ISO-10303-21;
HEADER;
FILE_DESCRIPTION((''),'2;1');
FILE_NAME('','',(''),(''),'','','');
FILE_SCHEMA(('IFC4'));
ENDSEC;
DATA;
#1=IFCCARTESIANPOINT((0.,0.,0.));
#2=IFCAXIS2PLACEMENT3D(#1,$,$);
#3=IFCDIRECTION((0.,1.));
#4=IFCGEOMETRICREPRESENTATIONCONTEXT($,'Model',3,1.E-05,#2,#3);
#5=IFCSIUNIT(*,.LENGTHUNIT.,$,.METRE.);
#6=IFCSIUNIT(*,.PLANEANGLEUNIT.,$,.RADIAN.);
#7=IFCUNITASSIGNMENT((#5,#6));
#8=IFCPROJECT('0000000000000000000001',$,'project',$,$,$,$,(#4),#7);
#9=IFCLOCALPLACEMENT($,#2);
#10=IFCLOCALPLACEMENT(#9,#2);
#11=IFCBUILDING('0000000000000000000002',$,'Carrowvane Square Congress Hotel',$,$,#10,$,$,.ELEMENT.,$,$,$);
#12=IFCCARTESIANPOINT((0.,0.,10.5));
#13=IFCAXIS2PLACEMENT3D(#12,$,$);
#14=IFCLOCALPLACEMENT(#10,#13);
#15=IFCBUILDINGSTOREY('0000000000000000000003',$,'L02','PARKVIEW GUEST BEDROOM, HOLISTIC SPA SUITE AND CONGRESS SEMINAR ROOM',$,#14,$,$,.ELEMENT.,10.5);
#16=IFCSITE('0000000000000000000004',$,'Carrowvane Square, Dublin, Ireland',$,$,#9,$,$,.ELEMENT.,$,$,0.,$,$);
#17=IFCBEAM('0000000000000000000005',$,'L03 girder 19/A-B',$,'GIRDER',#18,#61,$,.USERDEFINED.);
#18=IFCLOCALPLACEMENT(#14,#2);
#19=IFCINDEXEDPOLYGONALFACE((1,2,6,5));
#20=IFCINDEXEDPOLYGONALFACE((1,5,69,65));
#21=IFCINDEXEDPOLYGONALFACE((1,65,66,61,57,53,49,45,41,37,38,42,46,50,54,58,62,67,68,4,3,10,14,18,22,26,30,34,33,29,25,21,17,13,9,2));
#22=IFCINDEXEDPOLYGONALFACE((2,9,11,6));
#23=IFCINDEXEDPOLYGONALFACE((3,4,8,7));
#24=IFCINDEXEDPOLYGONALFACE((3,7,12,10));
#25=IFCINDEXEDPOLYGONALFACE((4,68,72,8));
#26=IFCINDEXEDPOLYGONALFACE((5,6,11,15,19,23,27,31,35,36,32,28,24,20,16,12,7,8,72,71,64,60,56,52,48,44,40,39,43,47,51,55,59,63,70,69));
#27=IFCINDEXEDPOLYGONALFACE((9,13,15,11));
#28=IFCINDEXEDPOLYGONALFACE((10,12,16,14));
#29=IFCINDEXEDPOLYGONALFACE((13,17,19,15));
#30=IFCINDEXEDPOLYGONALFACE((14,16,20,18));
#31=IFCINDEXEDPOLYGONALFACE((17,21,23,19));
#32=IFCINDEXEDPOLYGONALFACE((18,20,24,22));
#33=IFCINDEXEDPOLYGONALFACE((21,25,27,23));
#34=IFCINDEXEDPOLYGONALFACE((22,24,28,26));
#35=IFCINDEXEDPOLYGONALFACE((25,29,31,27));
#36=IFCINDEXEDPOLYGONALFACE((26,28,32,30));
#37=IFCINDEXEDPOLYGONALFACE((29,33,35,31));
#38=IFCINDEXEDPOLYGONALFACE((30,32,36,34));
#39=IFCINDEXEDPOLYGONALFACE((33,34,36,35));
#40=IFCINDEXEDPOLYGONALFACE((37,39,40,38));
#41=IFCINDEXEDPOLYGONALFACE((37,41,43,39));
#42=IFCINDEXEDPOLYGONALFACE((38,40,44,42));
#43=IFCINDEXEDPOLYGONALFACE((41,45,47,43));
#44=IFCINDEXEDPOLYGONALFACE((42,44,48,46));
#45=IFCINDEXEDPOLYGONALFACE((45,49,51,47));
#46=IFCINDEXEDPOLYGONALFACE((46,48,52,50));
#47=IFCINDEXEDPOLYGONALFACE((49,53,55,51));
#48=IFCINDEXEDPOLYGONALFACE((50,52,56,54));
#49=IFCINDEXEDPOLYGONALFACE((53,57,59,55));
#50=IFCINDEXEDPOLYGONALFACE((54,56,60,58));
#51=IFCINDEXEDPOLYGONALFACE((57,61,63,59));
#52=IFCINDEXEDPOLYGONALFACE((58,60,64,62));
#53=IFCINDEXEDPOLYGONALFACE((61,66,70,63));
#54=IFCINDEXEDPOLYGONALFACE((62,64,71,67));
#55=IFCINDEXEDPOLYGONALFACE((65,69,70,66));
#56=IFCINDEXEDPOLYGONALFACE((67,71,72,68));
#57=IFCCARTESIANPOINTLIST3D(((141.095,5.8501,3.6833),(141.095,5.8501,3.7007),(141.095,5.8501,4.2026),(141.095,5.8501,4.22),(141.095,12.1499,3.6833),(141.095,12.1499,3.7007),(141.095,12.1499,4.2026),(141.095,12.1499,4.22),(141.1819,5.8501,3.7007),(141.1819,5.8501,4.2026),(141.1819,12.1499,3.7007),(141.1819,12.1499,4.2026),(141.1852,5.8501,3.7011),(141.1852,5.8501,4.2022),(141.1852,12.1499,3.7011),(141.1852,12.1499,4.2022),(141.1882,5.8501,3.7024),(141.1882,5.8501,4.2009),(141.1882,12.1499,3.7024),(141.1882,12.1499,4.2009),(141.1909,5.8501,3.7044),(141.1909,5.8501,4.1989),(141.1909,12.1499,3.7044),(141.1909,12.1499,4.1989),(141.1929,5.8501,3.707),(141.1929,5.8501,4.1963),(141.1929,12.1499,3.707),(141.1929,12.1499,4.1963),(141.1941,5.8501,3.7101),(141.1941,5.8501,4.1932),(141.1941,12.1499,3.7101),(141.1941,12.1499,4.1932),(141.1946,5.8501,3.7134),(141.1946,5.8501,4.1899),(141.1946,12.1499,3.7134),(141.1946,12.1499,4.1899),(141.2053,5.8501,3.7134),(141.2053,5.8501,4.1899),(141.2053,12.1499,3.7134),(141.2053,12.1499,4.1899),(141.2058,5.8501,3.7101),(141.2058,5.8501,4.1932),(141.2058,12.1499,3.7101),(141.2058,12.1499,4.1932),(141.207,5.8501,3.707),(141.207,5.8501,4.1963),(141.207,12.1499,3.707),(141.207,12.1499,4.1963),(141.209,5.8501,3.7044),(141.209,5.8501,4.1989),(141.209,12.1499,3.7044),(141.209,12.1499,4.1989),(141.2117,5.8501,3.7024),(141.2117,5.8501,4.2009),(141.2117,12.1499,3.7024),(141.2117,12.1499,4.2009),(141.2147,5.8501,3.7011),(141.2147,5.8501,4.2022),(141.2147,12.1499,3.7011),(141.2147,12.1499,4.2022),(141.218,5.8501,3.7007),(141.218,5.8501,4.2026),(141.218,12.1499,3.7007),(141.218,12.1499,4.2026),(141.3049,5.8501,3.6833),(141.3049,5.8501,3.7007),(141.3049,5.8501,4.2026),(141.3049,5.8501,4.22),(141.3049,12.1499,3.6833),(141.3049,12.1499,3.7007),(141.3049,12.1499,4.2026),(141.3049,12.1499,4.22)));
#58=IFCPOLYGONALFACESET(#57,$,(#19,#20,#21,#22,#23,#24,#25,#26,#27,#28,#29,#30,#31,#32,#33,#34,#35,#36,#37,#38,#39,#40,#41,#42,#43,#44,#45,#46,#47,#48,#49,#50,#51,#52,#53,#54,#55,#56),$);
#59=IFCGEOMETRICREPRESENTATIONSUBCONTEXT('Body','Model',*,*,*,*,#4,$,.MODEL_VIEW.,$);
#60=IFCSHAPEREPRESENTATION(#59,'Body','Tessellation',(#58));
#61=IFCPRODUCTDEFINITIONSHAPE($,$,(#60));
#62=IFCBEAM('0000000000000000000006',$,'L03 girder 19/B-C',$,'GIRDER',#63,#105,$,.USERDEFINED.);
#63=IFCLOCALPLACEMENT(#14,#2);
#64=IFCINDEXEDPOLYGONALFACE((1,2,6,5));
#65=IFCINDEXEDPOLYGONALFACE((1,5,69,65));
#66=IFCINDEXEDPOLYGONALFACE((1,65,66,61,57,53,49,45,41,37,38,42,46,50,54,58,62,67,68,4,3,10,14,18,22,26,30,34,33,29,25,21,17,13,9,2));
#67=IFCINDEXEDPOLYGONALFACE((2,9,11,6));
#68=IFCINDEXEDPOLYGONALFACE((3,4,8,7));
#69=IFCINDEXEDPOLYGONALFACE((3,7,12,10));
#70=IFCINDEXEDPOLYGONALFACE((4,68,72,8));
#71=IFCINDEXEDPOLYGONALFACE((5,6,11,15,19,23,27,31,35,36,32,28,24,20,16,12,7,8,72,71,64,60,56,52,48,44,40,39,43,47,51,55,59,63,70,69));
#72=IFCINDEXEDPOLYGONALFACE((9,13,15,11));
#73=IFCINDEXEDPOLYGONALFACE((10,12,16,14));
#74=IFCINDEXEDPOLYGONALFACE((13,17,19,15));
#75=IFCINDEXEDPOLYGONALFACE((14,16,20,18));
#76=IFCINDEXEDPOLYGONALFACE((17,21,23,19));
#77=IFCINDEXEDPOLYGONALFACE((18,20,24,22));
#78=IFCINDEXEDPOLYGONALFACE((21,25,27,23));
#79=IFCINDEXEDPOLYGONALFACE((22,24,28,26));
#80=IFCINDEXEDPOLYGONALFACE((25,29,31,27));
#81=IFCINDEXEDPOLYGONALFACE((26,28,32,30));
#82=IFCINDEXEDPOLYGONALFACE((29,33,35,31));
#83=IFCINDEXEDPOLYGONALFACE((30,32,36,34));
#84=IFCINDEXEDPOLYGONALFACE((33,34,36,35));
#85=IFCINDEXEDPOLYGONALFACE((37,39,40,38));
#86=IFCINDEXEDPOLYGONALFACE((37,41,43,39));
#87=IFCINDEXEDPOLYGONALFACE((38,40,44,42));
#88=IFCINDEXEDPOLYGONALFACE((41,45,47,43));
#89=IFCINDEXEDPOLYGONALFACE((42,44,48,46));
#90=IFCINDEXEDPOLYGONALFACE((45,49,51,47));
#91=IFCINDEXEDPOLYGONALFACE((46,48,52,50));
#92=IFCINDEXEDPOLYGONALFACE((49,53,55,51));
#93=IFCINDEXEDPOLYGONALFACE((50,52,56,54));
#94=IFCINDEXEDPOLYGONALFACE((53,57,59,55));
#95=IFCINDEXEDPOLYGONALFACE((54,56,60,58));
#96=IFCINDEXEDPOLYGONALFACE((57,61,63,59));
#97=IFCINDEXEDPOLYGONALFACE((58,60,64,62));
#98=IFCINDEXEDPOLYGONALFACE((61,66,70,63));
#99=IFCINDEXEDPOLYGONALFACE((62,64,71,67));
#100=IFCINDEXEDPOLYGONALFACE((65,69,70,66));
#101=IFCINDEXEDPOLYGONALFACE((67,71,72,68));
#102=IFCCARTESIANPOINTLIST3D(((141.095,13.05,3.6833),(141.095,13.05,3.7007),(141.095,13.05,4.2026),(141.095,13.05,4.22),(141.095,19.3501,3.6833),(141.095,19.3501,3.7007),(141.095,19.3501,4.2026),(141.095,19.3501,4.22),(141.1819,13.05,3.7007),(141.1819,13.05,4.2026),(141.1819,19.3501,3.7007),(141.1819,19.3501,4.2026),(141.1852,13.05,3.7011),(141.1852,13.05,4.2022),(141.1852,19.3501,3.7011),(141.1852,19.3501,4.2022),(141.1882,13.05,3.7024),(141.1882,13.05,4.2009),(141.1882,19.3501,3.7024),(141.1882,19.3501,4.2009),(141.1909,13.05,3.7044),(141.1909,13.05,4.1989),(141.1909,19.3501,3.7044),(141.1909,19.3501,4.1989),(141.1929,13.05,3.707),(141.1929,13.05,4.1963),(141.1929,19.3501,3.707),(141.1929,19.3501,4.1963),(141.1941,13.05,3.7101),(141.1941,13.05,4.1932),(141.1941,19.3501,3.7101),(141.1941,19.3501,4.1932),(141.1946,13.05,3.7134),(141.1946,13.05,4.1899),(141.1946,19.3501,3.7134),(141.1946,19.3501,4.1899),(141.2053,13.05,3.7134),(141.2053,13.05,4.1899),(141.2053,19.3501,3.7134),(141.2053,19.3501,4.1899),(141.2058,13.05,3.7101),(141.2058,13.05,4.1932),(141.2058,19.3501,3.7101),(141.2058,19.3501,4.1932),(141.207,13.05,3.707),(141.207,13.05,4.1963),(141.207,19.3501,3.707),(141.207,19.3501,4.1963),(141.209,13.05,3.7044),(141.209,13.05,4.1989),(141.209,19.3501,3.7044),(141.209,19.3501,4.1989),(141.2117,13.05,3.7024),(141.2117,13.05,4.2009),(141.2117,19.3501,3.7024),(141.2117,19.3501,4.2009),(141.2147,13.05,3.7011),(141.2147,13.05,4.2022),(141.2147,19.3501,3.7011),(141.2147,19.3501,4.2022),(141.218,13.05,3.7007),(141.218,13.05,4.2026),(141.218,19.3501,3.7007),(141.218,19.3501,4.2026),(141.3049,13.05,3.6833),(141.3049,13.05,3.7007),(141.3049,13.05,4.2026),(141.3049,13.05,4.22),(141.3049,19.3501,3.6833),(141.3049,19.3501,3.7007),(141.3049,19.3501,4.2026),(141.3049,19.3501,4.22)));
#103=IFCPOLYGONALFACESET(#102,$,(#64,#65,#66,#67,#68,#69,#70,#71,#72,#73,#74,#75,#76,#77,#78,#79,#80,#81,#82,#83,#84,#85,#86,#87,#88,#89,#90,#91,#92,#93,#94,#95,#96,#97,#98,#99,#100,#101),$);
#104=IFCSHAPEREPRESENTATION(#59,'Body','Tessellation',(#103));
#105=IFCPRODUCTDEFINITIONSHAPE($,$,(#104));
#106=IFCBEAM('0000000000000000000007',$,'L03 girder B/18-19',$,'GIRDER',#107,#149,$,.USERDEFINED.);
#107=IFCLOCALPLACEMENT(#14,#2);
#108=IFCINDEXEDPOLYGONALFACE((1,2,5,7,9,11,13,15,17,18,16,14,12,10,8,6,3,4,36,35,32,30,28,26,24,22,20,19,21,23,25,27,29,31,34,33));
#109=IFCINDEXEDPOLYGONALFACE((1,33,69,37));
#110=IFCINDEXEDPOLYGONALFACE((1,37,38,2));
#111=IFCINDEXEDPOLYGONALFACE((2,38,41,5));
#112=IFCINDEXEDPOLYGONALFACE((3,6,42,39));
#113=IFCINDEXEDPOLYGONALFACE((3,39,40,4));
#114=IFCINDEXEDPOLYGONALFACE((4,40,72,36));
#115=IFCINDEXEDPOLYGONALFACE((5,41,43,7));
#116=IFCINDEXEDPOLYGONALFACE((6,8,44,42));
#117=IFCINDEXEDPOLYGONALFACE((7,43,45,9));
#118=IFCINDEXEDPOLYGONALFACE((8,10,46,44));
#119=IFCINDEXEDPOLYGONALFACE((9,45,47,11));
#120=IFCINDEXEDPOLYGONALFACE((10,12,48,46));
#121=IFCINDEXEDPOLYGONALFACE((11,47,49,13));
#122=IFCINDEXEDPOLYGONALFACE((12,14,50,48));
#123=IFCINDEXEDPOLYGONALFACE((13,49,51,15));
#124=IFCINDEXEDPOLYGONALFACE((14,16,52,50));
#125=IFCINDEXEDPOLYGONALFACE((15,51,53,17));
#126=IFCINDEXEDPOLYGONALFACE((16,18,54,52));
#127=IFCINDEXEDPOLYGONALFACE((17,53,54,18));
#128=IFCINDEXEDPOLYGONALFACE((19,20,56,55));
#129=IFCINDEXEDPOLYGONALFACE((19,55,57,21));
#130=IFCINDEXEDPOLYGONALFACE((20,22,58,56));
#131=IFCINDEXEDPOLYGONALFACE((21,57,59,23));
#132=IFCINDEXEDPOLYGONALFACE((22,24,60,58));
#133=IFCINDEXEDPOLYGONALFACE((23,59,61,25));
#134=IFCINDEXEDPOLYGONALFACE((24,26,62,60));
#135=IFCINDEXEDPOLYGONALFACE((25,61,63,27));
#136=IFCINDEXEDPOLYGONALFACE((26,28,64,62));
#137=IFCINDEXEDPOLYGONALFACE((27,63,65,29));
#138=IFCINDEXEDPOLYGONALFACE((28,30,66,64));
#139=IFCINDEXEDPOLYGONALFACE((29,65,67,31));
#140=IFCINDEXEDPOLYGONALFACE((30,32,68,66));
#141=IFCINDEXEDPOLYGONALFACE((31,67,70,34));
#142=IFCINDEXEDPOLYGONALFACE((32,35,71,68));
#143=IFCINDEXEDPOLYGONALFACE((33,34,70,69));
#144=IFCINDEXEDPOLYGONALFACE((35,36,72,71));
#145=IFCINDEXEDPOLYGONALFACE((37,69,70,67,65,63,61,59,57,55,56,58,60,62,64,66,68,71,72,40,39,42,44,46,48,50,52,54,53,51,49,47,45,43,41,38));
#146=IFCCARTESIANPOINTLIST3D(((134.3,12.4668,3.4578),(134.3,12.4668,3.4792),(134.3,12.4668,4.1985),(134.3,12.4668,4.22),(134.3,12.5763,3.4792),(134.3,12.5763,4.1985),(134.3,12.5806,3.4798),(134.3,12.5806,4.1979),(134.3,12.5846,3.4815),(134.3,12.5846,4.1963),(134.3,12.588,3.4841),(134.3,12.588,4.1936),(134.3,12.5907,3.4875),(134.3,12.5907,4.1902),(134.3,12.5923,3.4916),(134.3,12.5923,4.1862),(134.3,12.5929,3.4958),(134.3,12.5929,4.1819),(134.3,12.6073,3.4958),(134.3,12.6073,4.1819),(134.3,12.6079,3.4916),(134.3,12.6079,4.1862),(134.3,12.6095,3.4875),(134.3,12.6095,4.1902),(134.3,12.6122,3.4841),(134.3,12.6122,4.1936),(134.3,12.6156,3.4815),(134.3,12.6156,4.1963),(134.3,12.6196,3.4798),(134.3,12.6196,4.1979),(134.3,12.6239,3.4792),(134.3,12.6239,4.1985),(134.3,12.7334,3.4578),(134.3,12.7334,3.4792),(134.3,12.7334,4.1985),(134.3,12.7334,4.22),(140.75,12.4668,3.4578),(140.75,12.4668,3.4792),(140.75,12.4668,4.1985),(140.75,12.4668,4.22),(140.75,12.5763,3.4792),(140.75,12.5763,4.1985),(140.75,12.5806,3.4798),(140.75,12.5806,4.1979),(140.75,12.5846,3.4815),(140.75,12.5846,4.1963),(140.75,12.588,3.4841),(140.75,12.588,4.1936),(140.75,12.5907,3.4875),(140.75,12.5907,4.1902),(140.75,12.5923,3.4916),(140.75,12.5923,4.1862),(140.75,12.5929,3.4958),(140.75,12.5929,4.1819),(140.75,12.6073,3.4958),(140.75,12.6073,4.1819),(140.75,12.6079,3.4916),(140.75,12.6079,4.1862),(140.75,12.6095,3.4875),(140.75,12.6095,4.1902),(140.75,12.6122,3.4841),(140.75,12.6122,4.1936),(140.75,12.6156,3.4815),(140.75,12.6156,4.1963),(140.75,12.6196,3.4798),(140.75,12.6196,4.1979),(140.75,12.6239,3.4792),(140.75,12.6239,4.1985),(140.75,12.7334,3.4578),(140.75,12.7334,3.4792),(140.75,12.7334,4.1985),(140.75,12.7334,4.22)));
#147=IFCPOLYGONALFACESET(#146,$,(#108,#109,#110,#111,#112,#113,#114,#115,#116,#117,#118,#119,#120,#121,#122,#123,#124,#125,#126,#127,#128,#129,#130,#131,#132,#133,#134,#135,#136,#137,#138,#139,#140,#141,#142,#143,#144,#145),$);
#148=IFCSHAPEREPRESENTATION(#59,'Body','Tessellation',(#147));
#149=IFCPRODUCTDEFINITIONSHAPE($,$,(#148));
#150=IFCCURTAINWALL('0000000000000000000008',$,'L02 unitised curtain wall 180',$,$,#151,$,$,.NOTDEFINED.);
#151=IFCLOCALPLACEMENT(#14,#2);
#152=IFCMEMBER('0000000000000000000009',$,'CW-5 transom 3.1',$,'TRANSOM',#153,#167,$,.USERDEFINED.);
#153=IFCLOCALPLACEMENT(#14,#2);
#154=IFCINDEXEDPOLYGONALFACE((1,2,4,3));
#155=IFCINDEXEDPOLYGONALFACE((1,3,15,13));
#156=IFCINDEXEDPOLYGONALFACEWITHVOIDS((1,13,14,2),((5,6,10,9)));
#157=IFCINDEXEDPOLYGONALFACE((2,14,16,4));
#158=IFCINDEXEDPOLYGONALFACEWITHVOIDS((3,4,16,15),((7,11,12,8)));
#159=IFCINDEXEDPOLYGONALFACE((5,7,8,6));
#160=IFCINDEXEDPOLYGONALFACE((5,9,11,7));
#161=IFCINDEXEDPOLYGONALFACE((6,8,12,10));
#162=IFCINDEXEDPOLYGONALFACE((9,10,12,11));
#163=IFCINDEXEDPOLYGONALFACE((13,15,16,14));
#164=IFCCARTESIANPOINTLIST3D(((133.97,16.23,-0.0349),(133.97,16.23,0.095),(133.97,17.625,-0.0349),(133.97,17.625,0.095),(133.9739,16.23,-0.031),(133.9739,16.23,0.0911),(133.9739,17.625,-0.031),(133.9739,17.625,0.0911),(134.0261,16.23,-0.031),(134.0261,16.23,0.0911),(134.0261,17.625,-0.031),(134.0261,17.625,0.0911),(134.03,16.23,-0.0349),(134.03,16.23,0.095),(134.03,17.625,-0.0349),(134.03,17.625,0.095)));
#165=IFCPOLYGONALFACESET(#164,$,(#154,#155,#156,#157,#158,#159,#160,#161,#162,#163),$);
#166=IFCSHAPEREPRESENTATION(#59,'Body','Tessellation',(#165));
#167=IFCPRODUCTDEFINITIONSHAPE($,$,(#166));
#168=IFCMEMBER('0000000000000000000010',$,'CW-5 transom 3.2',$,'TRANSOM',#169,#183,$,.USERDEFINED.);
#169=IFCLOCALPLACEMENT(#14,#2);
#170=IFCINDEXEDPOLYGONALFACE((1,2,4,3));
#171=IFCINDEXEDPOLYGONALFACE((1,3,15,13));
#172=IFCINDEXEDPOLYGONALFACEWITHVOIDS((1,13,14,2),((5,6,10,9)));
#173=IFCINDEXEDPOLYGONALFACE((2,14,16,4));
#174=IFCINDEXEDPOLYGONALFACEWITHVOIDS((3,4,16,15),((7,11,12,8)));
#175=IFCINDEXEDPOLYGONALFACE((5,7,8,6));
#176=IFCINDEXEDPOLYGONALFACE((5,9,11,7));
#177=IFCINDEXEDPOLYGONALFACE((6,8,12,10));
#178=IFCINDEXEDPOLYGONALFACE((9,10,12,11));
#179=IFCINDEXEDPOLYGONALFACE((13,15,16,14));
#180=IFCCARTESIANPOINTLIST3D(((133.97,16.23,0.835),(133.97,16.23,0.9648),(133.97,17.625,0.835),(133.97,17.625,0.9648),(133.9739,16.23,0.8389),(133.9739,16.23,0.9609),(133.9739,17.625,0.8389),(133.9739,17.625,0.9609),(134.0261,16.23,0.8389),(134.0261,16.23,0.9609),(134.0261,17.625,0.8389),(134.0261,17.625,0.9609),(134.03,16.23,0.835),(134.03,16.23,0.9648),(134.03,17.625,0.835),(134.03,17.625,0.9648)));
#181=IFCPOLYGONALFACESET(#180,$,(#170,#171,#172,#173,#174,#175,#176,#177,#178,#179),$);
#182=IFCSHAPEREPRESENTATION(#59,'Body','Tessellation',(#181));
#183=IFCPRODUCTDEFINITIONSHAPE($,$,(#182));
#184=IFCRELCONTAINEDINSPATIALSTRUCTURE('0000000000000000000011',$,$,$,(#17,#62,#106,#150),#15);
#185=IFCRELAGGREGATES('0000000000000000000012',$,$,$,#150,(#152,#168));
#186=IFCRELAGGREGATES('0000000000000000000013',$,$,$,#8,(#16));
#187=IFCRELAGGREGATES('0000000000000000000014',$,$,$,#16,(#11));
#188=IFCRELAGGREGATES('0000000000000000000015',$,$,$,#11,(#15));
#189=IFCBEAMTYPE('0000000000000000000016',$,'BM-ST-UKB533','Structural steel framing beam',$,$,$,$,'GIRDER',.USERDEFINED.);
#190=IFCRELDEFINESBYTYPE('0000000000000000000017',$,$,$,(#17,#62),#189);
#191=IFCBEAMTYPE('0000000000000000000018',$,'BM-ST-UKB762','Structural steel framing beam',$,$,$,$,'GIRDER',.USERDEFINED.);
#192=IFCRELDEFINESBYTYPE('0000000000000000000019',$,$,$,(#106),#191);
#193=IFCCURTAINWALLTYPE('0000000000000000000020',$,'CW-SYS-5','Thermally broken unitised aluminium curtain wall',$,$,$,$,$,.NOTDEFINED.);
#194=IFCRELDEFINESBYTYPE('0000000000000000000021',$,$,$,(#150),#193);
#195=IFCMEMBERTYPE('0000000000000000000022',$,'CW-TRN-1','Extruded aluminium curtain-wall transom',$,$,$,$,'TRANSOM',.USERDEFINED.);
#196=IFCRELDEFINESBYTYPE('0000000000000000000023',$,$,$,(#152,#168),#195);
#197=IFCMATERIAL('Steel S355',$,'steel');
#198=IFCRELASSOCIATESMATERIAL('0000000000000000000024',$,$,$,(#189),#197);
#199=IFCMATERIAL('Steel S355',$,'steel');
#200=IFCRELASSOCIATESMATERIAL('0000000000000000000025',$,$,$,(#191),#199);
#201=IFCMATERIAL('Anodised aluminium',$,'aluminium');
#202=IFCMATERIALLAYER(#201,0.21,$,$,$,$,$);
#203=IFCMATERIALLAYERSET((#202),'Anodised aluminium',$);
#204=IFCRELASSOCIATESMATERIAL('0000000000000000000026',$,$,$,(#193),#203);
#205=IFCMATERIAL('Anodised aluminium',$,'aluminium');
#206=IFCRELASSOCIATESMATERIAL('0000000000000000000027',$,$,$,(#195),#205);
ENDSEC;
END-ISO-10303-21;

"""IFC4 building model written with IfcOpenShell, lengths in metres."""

from ifc_helpers import new_model, si_unit, direction, frame, origin, origin_2d, place, context, subcontext, project, spatial, hollow_rectangle, i_section, extrude, material, layer, layer_set, material_profile, profile_set, type_object, element, aggregate, save


model = new_model("IFC4")

# Units and contexts
model_context = context("Model", 3, precision=1e-05, world=origin(), true_north=direction((0.0, 1.0)))
body_context = subcontext(model_context, "Body", "Model", "MODEL_VIEW")
ifc_project = project(units=[si_unit("LENGTHUNIT", "METRE"), si_unit("PLANEANGLEUNIT", "RADIAN")], contexts=[model_context])

# Site, building, storey
site_placement = place(None, origin())
site = spatial("IfcSite", under=ifc_project, at=site_placement, Name="Carrowvane Square, Dublin, Ireland", CompositionType="ELEMENT", RefElevation=0.0)
building_placement = place(site_placement, origin())
building = spatial("IfcBuilding", under=site, at=building_placement, Name="Carrowvane Square Congress Hotel", CompositionType="ELEMENT")
storey_placement = place(building_placement, frame((0.0, 0.0, 10.5)))
storey = spatial("IfcBuildingStorey", under=building, at=storey_placement, Name="L02", Description="PARKVIEW GUEST BEDROOM, HOLISTIC SPA SUITE AND CONGRESS SEMINAR ROOM", CompositionType="ELEMENT", Elevation=10.5)

# Beams
ifc_material_1 = material(Name="Steel S355", Category="steel")
ifc_material_profile_1 = material_profile(ifc_material_1, i_section(OverallWidth=0.21, OverallDepth=0.5366, WebThickness=0.0107, FlangeThickness=0.0173, FilletRadius=0.0127, at=origin_2d()), Name="UKB 533x210x101")
ifc_profile_set_1 = profile_set([ifc_material_profile_1], Name="Steel S355")
beam_type_1 = type_object("IfcBeamType", Name="BM-ST-UKB533", Description="Structural steel framing beam", ElementType="GIRDER", PredefinedType="USERDEFINED", material=ifc_profile_set_1)
beam_1_placement = place(storey_placement, frame((141.2, 5.8501, 3.9517), z_axis=(0.0, 1.0, 0.0), x_axis=(-1.0, 0.0, 0.0)))
element("IfcBeam", 1, at=beam_1_placement, inside=storey, type_object=beam_type_1, Name="L03 girder 19/A-B", ObjectType="GIRDER", PredefinedType="USERDEFINED", context=body_context, shape_type="SweptSolid", body=[
    extrude(i_section(OverallWidth=0.21, OverallDepth=0.5366, WebThickness=0.0107, FlangeThickness=0.0173, FilletRadius=0.0127, at=origin_2d()), origin(), (0.0, 0.0, 1.0), 6.2998),
])
beam_2_placement = place(storey_placement, frame((141.2, 13.05, 3.9517), z_axis=(0.0, 1.0, 0.0), x_axis=(-1.0, 0.0, 0.0)))
element("IfcBeam", 2, at=beam_2_placement, inside=storey, type_object=beam_type_1, Name="L03 girder 19/B-C", ObjectType="GIRDER", PredefinedType="USERDEFINED", context=body_context, shape_type="SweptSolid", body=[
    extrude(i_section(OverallWidth=0.21, OverallDepth=0.5366, WebThickness=0.0107, FlangeThickness=0.0173, FilletRadius=0.0127, at=origin_2d()), origin(), (0.0, 0.0, 1.0), 6.3),
])
ifc_material_2 = material(Name="Steel S355", Category="steel")
ifc_material_profile_2 = material_profile(ifc_material_2, i_section(OverallWidth=0.2666, OverallDepth=0.7622, WebThickness=0.0144, FlangeThickness=0.0215, FilletRadius=0.0166, at=origin_2d()), Name="UKB 762x267x173")
ifc_profile_set_2 = profile_set([ifc_material_profile_2], Name="Steel S355")
beam_type_2 = type_object("IfcBeamType", Name="BM-ST-UKB762", Description="Structural steel framing beam", ElementType="GIRDER", PredefinedType="USERDEFINED", material=ifc_profile_set_2)
beam_3_placement = place(storey_placement, frame((134.3, 12.6001, 3.8389), z_axis=(1.0, 0.0, 0.0), x_axis=(0.0, 1.0, 0.0)))
element("IfcBeam", 3, at=beam_3_placement, inside=storey, type_object=beam_type_2, Name="L03 girder B/18-19", ObjectType="GIRDER", PredefinedType="USERDEFINED", context=body_context, shape_type="SweptSolid", body=[
    extrude(i_section(OverallWidth=0.2666, OverallDepth=0.7622, WebThickness=0.0144, FlangeThickness=0.0215, FilletRadius=0.0166, at=origin_2d()), origin(), (0.0, 0.0, 1.0), 6.45),
])

# Curtain wall, members
ifc_material_3 = material(Name="Anodised aluminium", Category="aluminium")
ifc_layer_1 = layer(ifc_material_3, 0.21)
ifc_layer_set_1 = layer_set([ifc_layer_1], Name="Anodised aluminium")
curtain_wall_type = type_object("IfcCurtainWallType", Name="CW-SYS-5", Description="Thermally broken unitised aluminium curtain wall", PredefinedType="NOTDEFINED", material=ifc_layer_set_1)
curtain_wall_placement = place(storey_placement, origin())
curtain_wall = element("IfcCurtainWall", 4, at=curtain_wall_placement, inside=storey, type_object=curtain_wall_type, Name="L02 unitised curtain wall 180", PredefinedType="NOTDEFINED")
ifc_material_4 = material(Name="Anodised aluminium", Category="aluminium")
ifc_material_profile_3 = material_profile(ifc_material_4, hollow_rectangle(XDim=0.0601, YDim=0.1299, WallThickness=0.0039, at=origin_2d()), Name="CW-TR 60x130x4")
ifc_profile_set_3 = profile_set([ifc_material_profile_3], Name="Anodised aluminium")
member_type = type_object("IfcMemberType", Name="CW-TRN-1", Description="Extruded aluminium curtain-wall transom", ElementType="TRANSOM", PredefinedType="USERDEFINED", material=ifc_profile_set_3)
member_1_placement = place(storey_placement, frame((134.0, 16.23, 0.03), z_axis=(0.0, 1.0, 0.0), x_axis=(-1.0, 0.0, 0.0)))
member_1 = element("IfcMember", 5, at=member_1_placement, type_object=member_type, Name="CW-5 transom 3.1", ObjectType="TRANSOM", PredefinedType="USERDEFINED", context=body_context, shape_type="SweptSolid", body=[
    extrude(hollow_rectangle(XDim=0.0601, YDim=0.1299, WallThickness=0.0039, at=origin_2d()), origin(), (0.0, 0.0, 1.0), 1.395),
])
member_2_placement = place(storey_placement, frame((134.0, 16.23, 0.8999), z_axis=(0.0, 1.0, 0.0), x_axis=(-1.0, 0.0, 0.0)))
member_2 = element("IfcMember", 6, at=member_2_placement, type_object=member_type, Name="CW-5 transom 3.2", ObjectType="TRANSOM", PredefinedType="USERDEFINED", context=body_context, shape_type="SweptSolid", body=[
    extrude(hollow_rectangle(XDim=0.0601, YDim=0.1299, WallThickness=0.0039, at=origin_2d()), origin(), (0.0, 0.0, 1.0), 1.395),
])
aggregate(curtain_wall, [member_1, member_2])

save(model, "model.ifc")
